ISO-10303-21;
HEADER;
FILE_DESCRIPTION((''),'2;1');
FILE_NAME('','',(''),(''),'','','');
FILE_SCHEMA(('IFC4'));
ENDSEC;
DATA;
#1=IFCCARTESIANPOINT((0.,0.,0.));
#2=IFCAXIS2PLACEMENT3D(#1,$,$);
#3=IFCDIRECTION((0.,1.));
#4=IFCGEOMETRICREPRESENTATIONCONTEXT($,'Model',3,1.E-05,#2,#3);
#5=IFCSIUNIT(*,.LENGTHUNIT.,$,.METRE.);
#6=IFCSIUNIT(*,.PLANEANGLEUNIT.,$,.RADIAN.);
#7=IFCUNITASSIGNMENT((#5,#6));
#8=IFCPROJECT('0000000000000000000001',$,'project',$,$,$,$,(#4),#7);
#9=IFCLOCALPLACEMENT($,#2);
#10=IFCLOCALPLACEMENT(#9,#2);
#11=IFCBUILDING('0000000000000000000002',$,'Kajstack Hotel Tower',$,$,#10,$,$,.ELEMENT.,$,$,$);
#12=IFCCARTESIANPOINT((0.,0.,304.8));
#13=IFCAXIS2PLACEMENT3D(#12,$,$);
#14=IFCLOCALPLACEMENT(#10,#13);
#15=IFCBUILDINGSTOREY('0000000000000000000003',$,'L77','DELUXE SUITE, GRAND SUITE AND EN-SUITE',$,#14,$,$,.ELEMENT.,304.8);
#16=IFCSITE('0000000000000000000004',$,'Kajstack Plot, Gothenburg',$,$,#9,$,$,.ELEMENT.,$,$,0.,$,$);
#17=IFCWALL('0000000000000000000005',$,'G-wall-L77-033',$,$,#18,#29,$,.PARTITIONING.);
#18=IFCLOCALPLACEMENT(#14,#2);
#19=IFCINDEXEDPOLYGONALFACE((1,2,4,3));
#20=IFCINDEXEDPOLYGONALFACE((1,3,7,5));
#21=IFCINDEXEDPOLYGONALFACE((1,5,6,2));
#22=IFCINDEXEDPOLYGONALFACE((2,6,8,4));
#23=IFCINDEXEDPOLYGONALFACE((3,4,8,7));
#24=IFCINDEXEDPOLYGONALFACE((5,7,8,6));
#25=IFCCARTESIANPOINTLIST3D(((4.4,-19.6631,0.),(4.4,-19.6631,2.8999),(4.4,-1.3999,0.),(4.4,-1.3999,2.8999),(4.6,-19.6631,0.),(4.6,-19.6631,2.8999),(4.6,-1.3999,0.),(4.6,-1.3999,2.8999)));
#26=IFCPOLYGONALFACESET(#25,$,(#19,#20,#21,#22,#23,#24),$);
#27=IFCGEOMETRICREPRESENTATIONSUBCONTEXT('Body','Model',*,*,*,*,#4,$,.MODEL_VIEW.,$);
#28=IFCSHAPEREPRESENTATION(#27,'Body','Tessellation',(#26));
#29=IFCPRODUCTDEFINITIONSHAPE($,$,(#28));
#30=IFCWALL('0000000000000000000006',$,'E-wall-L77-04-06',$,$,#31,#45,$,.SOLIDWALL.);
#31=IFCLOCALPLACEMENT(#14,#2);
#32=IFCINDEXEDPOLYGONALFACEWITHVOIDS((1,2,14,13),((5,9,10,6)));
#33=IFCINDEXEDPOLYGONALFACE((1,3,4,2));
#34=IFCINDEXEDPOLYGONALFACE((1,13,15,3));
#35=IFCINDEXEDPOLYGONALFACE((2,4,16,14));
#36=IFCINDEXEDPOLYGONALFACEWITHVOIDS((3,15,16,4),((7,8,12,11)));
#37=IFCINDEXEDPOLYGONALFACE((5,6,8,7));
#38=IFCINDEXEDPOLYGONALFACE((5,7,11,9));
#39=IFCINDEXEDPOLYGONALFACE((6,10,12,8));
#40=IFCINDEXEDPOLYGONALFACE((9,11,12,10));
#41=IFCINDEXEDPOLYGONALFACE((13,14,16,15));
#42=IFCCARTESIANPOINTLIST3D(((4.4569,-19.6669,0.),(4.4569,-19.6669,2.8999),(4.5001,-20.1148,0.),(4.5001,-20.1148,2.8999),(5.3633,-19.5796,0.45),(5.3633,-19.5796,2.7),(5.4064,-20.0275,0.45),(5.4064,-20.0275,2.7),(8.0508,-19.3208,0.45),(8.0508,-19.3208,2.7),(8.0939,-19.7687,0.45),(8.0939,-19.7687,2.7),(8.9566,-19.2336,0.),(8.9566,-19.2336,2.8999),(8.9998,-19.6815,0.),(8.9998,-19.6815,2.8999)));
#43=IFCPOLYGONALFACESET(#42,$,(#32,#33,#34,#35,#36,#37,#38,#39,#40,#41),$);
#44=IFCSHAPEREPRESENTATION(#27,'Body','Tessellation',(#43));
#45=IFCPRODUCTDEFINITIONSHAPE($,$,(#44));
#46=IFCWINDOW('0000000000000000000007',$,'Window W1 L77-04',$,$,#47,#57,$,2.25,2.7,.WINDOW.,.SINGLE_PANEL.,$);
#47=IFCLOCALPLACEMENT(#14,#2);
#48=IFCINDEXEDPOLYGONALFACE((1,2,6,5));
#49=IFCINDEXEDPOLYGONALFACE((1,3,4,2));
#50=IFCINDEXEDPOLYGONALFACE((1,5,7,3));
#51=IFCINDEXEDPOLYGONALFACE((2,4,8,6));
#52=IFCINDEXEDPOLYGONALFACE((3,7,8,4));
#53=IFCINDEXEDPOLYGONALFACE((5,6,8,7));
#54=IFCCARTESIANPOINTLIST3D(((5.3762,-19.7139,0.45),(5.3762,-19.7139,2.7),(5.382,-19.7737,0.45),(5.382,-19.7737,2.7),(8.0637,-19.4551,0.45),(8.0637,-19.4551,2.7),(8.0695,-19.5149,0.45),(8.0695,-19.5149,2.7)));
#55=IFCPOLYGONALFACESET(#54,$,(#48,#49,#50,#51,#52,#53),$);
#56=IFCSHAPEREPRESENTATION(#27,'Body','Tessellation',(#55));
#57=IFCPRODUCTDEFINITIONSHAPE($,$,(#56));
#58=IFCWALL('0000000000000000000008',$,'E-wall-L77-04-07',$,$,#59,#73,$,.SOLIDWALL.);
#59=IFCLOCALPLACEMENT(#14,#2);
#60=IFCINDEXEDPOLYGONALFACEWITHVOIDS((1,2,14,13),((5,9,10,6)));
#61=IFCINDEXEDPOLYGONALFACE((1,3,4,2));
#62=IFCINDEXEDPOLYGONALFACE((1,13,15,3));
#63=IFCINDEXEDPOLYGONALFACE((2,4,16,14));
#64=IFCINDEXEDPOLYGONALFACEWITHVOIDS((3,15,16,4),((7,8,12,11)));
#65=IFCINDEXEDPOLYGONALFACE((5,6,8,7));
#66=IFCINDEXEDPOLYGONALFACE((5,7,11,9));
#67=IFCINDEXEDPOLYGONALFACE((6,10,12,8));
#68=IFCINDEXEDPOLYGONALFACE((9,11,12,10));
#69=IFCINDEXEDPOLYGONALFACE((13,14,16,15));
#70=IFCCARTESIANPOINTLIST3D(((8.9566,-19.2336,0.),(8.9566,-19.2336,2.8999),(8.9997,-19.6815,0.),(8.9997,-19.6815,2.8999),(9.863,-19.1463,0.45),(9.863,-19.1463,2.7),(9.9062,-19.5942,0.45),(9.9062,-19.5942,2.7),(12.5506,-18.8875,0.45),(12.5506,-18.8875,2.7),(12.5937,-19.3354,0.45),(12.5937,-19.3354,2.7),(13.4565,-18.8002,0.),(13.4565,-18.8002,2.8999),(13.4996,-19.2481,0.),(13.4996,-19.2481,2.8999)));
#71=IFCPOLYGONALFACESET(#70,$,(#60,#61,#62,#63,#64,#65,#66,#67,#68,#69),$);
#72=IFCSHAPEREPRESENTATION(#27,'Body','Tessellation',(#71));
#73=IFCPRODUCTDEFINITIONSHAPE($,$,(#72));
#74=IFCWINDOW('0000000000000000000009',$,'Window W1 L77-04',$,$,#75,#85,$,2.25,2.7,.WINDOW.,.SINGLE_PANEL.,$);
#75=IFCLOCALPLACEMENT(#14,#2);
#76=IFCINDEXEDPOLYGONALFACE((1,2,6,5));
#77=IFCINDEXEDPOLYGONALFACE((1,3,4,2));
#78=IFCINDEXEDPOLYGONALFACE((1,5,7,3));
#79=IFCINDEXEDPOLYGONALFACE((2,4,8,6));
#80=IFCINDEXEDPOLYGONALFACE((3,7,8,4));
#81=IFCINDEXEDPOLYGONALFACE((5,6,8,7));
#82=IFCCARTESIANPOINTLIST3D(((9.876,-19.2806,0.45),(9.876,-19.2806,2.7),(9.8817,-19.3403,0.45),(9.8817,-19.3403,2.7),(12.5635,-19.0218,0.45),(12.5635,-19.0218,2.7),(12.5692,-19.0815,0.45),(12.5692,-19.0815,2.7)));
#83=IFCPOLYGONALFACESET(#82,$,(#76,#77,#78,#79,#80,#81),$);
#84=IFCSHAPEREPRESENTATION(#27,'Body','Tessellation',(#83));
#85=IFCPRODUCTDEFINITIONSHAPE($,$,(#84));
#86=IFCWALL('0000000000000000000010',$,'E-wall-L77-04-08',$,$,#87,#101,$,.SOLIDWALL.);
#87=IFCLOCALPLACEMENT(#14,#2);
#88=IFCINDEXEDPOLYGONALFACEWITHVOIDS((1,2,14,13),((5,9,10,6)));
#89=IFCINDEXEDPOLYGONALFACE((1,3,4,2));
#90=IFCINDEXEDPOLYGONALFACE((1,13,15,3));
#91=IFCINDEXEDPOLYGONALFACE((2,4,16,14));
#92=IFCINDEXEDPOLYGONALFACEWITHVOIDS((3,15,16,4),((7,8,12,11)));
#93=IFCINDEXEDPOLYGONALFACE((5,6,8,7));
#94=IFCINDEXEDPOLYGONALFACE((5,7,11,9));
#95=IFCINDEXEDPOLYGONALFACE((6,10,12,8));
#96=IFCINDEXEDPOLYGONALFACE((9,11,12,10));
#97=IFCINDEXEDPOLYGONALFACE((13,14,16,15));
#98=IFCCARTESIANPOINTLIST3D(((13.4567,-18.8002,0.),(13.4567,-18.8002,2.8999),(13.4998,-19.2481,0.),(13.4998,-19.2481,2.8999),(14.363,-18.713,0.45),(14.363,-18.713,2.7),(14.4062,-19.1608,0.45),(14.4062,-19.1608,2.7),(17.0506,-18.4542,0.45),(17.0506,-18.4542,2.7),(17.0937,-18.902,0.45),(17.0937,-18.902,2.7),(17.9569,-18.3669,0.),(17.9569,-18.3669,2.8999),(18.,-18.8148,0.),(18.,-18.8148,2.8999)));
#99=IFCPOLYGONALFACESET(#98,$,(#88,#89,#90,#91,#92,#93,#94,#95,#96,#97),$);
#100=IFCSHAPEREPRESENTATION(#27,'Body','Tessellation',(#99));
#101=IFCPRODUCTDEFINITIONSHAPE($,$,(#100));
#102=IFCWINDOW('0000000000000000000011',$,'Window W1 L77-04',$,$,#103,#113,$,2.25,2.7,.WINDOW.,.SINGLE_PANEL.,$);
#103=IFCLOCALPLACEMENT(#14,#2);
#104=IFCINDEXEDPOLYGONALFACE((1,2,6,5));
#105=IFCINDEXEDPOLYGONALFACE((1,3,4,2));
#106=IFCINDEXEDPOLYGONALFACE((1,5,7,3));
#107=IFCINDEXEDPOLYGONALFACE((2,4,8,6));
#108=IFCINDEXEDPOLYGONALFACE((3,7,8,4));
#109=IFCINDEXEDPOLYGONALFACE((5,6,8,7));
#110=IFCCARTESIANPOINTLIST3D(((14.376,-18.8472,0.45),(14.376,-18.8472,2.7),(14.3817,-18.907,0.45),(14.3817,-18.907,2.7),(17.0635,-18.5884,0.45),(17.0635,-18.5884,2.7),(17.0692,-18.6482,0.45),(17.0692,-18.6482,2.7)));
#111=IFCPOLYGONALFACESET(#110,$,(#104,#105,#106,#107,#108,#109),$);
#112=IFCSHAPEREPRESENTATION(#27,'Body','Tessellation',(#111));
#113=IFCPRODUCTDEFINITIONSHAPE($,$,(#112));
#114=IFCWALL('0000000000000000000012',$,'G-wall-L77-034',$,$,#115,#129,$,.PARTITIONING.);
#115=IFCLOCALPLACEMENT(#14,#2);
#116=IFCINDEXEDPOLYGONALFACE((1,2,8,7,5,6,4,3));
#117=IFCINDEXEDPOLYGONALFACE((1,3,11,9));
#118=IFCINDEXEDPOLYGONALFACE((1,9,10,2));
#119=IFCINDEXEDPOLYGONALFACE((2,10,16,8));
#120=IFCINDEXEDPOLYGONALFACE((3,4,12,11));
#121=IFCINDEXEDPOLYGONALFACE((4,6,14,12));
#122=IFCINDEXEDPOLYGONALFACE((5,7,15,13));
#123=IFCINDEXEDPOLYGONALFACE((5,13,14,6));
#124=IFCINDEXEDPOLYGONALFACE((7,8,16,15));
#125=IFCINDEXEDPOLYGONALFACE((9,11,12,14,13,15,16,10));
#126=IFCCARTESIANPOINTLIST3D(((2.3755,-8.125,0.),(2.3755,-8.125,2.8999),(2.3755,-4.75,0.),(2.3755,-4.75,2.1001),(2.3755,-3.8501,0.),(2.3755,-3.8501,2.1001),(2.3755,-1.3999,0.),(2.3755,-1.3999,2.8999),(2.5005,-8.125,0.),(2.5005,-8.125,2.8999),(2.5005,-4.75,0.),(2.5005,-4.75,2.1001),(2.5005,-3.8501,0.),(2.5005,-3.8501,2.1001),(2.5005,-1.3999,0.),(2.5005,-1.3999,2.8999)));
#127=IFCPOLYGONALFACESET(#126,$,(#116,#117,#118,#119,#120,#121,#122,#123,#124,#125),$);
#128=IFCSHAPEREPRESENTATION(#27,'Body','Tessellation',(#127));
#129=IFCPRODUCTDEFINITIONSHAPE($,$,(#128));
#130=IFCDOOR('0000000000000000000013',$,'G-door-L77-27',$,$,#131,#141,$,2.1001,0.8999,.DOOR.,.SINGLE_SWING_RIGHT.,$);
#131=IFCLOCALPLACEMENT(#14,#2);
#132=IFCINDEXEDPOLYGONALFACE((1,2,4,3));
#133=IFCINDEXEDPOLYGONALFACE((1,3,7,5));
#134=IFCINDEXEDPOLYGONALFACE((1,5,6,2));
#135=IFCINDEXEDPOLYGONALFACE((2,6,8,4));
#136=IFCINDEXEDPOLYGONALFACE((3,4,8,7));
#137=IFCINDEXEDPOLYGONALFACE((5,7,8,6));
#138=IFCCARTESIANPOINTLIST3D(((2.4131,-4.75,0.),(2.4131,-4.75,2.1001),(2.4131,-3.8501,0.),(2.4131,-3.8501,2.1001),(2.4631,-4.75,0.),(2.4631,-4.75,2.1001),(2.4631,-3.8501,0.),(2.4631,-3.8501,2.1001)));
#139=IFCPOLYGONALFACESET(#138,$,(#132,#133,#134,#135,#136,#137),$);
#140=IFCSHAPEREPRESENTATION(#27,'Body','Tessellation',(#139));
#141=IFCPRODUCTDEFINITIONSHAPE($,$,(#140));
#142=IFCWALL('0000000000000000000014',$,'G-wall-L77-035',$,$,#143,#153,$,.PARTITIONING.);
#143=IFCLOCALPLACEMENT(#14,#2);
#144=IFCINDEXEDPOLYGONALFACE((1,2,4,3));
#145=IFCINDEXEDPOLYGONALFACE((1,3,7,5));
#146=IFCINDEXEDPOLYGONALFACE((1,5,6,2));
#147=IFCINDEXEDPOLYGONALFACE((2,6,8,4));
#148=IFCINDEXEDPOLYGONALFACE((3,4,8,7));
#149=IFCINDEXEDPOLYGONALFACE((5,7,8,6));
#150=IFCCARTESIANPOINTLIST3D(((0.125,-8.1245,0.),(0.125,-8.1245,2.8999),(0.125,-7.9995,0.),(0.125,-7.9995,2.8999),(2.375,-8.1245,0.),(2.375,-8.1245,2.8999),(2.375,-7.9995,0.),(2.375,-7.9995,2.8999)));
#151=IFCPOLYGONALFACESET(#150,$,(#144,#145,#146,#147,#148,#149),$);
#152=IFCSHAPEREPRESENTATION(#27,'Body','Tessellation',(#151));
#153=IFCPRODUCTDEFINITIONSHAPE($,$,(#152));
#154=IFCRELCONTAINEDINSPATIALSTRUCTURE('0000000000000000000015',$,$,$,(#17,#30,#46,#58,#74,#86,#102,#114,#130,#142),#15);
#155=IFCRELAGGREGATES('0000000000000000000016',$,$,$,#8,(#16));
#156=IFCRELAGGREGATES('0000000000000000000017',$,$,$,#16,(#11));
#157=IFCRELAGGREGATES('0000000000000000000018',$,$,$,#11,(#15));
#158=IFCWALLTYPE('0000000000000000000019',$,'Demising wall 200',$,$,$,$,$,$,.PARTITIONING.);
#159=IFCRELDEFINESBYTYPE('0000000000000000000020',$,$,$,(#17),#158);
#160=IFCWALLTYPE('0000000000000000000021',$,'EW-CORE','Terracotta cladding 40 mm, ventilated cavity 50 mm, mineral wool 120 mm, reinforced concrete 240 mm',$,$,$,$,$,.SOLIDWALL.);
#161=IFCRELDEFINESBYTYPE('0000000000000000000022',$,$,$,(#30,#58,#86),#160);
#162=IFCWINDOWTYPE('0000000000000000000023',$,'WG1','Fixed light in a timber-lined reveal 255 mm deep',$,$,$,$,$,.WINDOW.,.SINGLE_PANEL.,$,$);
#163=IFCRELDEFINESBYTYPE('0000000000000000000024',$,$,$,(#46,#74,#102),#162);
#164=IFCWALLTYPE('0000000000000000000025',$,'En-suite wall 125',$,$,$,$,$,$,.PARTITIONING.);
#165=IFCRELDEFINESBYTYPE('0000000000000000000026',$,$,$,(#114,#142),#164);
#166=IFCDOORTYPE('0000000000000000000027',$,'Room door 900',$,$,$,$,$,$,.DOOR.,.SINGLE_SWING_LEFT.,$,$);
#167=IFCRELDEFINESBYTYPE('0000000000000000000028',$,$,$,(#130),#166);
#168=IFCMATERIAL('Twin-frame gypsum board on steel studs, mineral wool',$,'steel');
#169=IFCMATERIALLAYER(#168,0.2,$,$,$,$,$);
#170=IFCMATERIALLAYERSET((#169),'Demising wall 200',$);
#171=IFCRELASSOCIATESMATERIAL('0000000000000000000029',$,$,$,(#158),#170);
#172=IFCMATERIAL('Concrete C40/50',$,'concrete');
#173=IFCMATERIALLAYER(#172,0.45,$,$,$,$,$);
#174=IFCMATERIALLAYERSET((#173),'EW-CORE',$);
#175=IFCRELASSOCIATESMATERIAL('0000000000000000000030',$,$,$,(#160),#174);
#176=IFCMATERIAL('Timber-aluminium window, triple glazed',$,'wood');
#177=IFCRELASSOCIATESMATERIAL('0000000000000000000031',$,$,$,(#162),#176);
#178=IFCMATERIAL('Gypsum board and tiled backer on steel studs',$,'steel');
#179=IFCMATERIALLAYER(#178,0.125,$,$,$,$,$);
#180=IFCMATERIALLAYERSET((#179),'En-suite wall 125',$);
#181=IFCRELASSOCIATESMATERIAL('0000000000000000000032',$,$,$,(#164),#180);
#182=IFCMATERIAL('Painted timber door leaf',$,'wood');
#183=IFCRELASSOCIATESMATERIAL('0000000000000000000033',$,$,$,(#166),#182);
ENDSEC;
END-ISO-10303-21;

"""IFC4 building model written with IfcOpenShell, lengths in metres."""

from ifc_helpers import new_model, si_unit, direction, frame, frame_2d, origin, place, context, subcontext, project, spatial, rectangle, extrude, material, layer, layer_set, type_object, element, fill, save


model = new_model("IFC4")

# Units and contexts
model_context = context("Model", 3, precision=1e-05, world=origin(), true_north=direction((0.0, 1.0)))
body_context = subcontext(model_context, "Body", "Model", "MODEL_VIEW")
ifc_project = project(units=[si_unit("LENGTHUNIT", "METRE"), si_unit("PLANEANGLEUNIT", "RADIAN")], contexts=[model_context])

# Site, building, storey
site_placement = place(None, origin())
site = spatial("IfcSite", under=ifc_project, at=site_placement, Name="Kajstack Plot, Gothenburg", CompositionType="ELEMENT", RefElevation=0.0)
building_placement = place(site_placement, origin())
building = spatial("IfcBuilding", under=site, at=building_placement, Name="Kajstack Hotel Tower", CompositionType="ELEMENT")
storey_placement = place(building_placement, frame((0.0, 0.0, 304.8)))
storey = spatial("IfcBuildingStorey", under=building, at=storey_placement, Name="L77", Description="DELUXE SUITE, GRAND SUITE AND EN-SUITE", CompositionType="ELEMENT", Elevation=304.8)

# Wall
ifc_material_1 = material(Name="Twin-frame gypsum board on steel studs, mineral wool", Category="steel")
ifc_layer_1 = layer(ifc_material_1, 0.2)
ifc_layer_set_1 = layer_set([ifc_layer_1], Name="Demising wall 200")
wall_type_1 = type_object("IfcWallType", Name="Demising wall 200", PredefinedType="PARTITIONING", material=ifc_layer_set_1)
wall_1_placement = place(storey_placement, frame((4.5, -19.6631, 0.0), z_axis=(0.0, 0.0, 1.0), x_axis=(0.0, 1.0, 0.0)))
element("IfcWall", 1, at=wall_1_placement, inside=storey, type_object=wall_type_1, Name="G-wall-L77-033", PredefinedType="PARTITIONING", context=body_context, shape_type="SweptSolid", body=[
    extrude(rectangle(XDim=18.2632, YDim=0.2, at=frame_2d((9.1316, 0.0))), origin(), (0.0, 0.0, 1.0), 2.8999),
])

# Walls, openings, windows
ifc_material_2 = material(Name="Concrete C40/50", Category="concrete")
ifc_layer_2 = layer(ifc_material_2, 0.45)
ifc_layer_set_2 = layer_set([ifc_layer_2], Name="EW-CORE")
wall_type_2 = type_object("IfcWallType", Name="EW-CORE", Description="Terracotta cladding 40 mm, ventilated cavity 50 mm, mineral wool 120 mm, reinforced concrete 240 mm", PredefinedType="SOLIDWALL", material=ifc_layer_set_2)
wall_2_placement = place(storey_placement, frame((4.4785, -19.8909, 0.0), z_axis=(0.0, 0.0, 1.0), x_axis=(0.995395, 0.095862, 0.0)))
wall_2 = element("IfcWall", 2, at=wall_2_placement, inside=storey, type_object=wall_type_2, Name="E-wall-L77-04-06", PredefinedType="SOLIDWALL", context=body_context, shape_type="SweptSolid", body=[
    extrude(rectangle(XDim=4.5205, YDim=0.45, at=frame_2d((2.2603, 0.0))), origin(), (0.0, 0.0, 1.0), 2.8999),
])
opening_1_placement = place(wall_2_placement, frame((0.9104, 0.0, 0.45)))
opening_1 = element("IfcOpeningElement", 3, at=opening_1_placement, cuts=wall_2, PredefinedType="OPENING", context=body_context, shape_type="SweptSolid", body=[
    extrude(rectangle(XDim=2.7, YDim=2.25, at=frame_2d((1.3501, 1.125))), frame((0.0, 0.2349, 0.0), z_axis=(0.0, -1.0, 0.0), x_axis=(1.0, 0.0, 0.0)), (0.0, 0.0, 1.0), 0.47),
])
ifc_material_3 = material(Name="Timber-aluminium window, triple glazed", Category="wood")
window_type = type_object("IfcWindowType", Name="WG1", Description="Fixed light in a timber-lined reveal 255 mm deep", PartitioningType="SINGLE_PANEL", PredefinedType="WINDOW", material=ifc_material_3)
window_1_placement = place(opening_1_placement, origin())
window_1 = element("IfcWindow", 4, at=window_1_placement, inside=storey, type_object=window_type, Name="Window W1 L77-04", OverallHeight=2.25, OverallWidth=2.7, PartitioningType="SINGLE_PANEL", PredefinedType="WINDOW", context=body_context, shape_type="SweptSolid", body=[
    extrude(rectangle(XDim=2.7, YDim=2.25, at=frame_2d((1.3501, 1.125))), frame((0.0, 0.0901, 0.0), z_axis=(0.0, -1.0, 0.0), x_axis=(1.0, 0.0, 0.0)), (0.0, 0.0, 1.0), 0.0601),
])
fill(opening_1, window_1)
wall_3_placement = place(storey_placement, frame((8.9783, -19.4575, 0.0), z_axis=(0.0, 0.0, 1.0), x_axis=(0.995395, 0.095856, 0.0)))
wall_3 = element("IfcWall", 5, at=wall_3_placement, inside=storey, type_object=wall_type_2, Name="E-wall-L77-04-07", PredefinedType="SOLIDWALL", context=body_context, shape_type="SweptSolid", body=[
    extrude(rectangle(XDim=4.5208, YDim=0.45, at=frame_2d((2.2603, 0.0))), origin(), (0.0, 0.0, 1.0), 2.8999),
])
opening_2_placement = place(wall_3_placement, frame((0.9104, 0.0, 0.45)))
opening_2 = element("IfcOpeningElement", 6, at=opening_2_placement, cuts=wall_3, PredefinedType="OPENING", context=body_context, shape_type="SweptSolid", body=[
    extrude(rectangle(XDim=2.7, YDim=2.25, at=frame_2d((1.3501, 1.125))), frame((0.0, 0.2349, 0.0), z_axis=(0.0, -1.0, 0.0), x_axis=(1.0, 0.0, 0.0)), (0.0, 0.0, 1.0), 0.47),
])
window_2_placement = place(opening_2_placement, origin())
window_2 = element("IfcWindow", 7, at=window_2_placement, inside=storey, type_object=window_type, Name="Window W1 L77-04", OverallHeight=2.25, OverallWidth=2.7, PartitioningType="SINGLE_PANEL", PredefinedType="WINDOW", context=body_context, shape_type="SweptSolid", body=[
    extrude(rectangle(XDim=2.7, YDim=2.25, at=frame_2d((1.3501, 1.125))), frame((0.0, 0.0901, 0.0), z_axis=(0.0, -1.0, 0.0), x_axis=(1.0, 0.0, 0.0)), (0.0, 0.0, 1.0), 0.0601),
])
fill(opening_2, window_2)
wall_4_placement = place(storey_placement, frame((13.4783, -19.0242, 0.0), z_axis=(0.0, 0.0, 1.0), x_axis=(0.995396, 0.095851, 0.0)))
wall_4 = element("IfcWall", 8, at=wall_4_placement, inside=storey, type_object=wall_type_2, Name="E-wall-L77-04-08", PredefinedType="SOLIDWALL", context=body_context, shape_type="SweptSolid", body=[
    extrude(rectangle(XDim=4.521, YDim=0.45, at=frame_2d((2.2605, 0.0))), origin(), (0.0, 0.0, 1.0), 2.8999),
])
opening_3_placement = place(wall_4_placement, frame((0.9104, 0.0, 0.45)))
opening_3 = element("IfcOpeningElement", 9, at=opening_3_placement, cuts=wall_4, PredefinedType="OPENING", context=body_context, shape_type="SweptSolid", body=[
    extrude(rectangle(XDim=2.7, YDim=2.25, at=frame_2d((1.3501, 1.125))), frame((0.0, 0.2349, 0.0), z_axis=(0.0, -1.0, 0.0), x_axis=(1.0, 0.0, 0.0)), (0.0, 0.0, 1.0), 0.47),
])
window_3_placement = place(opening_3_placement, origin())
window_3 = element("IfcWindow", 10, at=window_3_placement, inside=storey, type_object=window_type, Name="Window W1 L77-04", OverallHeight=2.25, OverallWidth=2.7, PartitioningType="SINGLE_PANEL", PredefinedType="WINDOW", context=body_context, shape_type="SweptSolid", body=[
    extrude(rectangle(XDim=2.7, YDim=2.25, at=frame_2d((1.3501, 1.125))), frame((0.0, 0.0901, 0.0), z_axis=(0.0, -1.0, 0.0), x_axis=(1.0, 0.0, 0.0)), (0.0, 0.0, 1.0), 0.0601),
])
fill(opening_3, window_3)

# Wall, opening, door
ifc_material_4 = material(Name="Gypsum board and tiled backer on steel studs", Category="steel")
ifc_layer_3 = layer(ifc_material_4, 0.125)
ifc_layer_set_3 = layer_set([ifc_layer_3], Name="En-suite wall 125")
wall_type_3 = type_object("IfcWallType", Name="En-suite wall 125", PredefinedType="PARTITIONING", material=ifc_layer_set_3)
wall_5_placement = place(storey_placement, frame((2.438, -8.125, 0.0), z_axis=(0.0, 0.0, 1.0), x_axis=(0.0, 1.0, 0.0)))
wall_5 = element("IfcWall", 11, at=wall_5_placement, inside=storey, type_object=wall_type_3, Name="G-wall-L77-034", PredefinedType="PARTITIONING", context=body_context, shape_type="SweptSolid", body=[
    extrude(rectangle(XDim=6.7251, YDim=0.125, at=frame_2d((3.3625, 0.0))), origin(), (0.0, 0.0, 1.0), 2.8999),
])
opening_4_placement = place(wall_5_placement, frame((3.375, 0.0, 0.0)))
opening_4 = element("IfcOpeningElement", 12, at=opening_4_placement, cuts=wall_5, PredefinedType="OPENING", context=body_context, shape_type="SweptSolid", body=[
    extrude(rectangle(XDim=0.8999, YDim=2.1001, at=frame_2d((0.45, 1.05))), frame((0.0, 0.0725, 0.0), z_axis=(0.0, -1.0, 0.0), x_axis=(1.0, 0.0, 0.0)), (0.0, 0.0, 1.0), 0.145),
])
ifc_material_5 = material(Name="Painted timber door leaf", Category="wood")
door_type_1 = type_object("IfcDoorType", Name="Room door 900", OperationType="SINGLE_SWING_LEFT", PredefinedType="DOOR", material=ifc_material_5)
door_1_placement = place(opening_4_placement, origin())
door_1 = element("IfcDoor", 13, at=door_1_placement, inside=storey, type_object=door_type_1, Name="G-door-L77-27", OperationType="SINGLE_SWING_RIGHT", OverallHeight=2.1001, OverallWidth=0.8999, PredefinedType="DOOR", context=body_context, shape_type="SweptSolid", body=[
    extrude(rectangle(XDim=0.8999, YDim=2.1001, at=frame_2d((0.45, 1.05))), frame((0.0, 0.0249, 0.0), z_axis=(0.0, -1.0, 0.0), x_axis=(1.0, 0.0, 0.0)), (0.0, 0.0, 1.0), 0.05),
])
fill(opening_4, door_1)

# Wall
wall_6_placement = place(storey_placement, frame((0.125, -8.062, 0.0), z_axis=(0.0, 0.0, 1.0), x_axis=(1.0, 0.0, 0.0)))
element("IfcWall", 14, at=wall_6_placement, inside=storey, type_object=wall_type_3, Name="G-wall-L77-035", PredefinedType="PARTITIONING", context=body_context, shape_type="SweptSolid", body=[
    extrude(rectangle(XDim=2.25, YDim=0.125, at=frame_2d((1.125, 0.0))), origin(), (0.0, 0.0, 1.0), 2.8999),
])

save(model, "model.ifc")
